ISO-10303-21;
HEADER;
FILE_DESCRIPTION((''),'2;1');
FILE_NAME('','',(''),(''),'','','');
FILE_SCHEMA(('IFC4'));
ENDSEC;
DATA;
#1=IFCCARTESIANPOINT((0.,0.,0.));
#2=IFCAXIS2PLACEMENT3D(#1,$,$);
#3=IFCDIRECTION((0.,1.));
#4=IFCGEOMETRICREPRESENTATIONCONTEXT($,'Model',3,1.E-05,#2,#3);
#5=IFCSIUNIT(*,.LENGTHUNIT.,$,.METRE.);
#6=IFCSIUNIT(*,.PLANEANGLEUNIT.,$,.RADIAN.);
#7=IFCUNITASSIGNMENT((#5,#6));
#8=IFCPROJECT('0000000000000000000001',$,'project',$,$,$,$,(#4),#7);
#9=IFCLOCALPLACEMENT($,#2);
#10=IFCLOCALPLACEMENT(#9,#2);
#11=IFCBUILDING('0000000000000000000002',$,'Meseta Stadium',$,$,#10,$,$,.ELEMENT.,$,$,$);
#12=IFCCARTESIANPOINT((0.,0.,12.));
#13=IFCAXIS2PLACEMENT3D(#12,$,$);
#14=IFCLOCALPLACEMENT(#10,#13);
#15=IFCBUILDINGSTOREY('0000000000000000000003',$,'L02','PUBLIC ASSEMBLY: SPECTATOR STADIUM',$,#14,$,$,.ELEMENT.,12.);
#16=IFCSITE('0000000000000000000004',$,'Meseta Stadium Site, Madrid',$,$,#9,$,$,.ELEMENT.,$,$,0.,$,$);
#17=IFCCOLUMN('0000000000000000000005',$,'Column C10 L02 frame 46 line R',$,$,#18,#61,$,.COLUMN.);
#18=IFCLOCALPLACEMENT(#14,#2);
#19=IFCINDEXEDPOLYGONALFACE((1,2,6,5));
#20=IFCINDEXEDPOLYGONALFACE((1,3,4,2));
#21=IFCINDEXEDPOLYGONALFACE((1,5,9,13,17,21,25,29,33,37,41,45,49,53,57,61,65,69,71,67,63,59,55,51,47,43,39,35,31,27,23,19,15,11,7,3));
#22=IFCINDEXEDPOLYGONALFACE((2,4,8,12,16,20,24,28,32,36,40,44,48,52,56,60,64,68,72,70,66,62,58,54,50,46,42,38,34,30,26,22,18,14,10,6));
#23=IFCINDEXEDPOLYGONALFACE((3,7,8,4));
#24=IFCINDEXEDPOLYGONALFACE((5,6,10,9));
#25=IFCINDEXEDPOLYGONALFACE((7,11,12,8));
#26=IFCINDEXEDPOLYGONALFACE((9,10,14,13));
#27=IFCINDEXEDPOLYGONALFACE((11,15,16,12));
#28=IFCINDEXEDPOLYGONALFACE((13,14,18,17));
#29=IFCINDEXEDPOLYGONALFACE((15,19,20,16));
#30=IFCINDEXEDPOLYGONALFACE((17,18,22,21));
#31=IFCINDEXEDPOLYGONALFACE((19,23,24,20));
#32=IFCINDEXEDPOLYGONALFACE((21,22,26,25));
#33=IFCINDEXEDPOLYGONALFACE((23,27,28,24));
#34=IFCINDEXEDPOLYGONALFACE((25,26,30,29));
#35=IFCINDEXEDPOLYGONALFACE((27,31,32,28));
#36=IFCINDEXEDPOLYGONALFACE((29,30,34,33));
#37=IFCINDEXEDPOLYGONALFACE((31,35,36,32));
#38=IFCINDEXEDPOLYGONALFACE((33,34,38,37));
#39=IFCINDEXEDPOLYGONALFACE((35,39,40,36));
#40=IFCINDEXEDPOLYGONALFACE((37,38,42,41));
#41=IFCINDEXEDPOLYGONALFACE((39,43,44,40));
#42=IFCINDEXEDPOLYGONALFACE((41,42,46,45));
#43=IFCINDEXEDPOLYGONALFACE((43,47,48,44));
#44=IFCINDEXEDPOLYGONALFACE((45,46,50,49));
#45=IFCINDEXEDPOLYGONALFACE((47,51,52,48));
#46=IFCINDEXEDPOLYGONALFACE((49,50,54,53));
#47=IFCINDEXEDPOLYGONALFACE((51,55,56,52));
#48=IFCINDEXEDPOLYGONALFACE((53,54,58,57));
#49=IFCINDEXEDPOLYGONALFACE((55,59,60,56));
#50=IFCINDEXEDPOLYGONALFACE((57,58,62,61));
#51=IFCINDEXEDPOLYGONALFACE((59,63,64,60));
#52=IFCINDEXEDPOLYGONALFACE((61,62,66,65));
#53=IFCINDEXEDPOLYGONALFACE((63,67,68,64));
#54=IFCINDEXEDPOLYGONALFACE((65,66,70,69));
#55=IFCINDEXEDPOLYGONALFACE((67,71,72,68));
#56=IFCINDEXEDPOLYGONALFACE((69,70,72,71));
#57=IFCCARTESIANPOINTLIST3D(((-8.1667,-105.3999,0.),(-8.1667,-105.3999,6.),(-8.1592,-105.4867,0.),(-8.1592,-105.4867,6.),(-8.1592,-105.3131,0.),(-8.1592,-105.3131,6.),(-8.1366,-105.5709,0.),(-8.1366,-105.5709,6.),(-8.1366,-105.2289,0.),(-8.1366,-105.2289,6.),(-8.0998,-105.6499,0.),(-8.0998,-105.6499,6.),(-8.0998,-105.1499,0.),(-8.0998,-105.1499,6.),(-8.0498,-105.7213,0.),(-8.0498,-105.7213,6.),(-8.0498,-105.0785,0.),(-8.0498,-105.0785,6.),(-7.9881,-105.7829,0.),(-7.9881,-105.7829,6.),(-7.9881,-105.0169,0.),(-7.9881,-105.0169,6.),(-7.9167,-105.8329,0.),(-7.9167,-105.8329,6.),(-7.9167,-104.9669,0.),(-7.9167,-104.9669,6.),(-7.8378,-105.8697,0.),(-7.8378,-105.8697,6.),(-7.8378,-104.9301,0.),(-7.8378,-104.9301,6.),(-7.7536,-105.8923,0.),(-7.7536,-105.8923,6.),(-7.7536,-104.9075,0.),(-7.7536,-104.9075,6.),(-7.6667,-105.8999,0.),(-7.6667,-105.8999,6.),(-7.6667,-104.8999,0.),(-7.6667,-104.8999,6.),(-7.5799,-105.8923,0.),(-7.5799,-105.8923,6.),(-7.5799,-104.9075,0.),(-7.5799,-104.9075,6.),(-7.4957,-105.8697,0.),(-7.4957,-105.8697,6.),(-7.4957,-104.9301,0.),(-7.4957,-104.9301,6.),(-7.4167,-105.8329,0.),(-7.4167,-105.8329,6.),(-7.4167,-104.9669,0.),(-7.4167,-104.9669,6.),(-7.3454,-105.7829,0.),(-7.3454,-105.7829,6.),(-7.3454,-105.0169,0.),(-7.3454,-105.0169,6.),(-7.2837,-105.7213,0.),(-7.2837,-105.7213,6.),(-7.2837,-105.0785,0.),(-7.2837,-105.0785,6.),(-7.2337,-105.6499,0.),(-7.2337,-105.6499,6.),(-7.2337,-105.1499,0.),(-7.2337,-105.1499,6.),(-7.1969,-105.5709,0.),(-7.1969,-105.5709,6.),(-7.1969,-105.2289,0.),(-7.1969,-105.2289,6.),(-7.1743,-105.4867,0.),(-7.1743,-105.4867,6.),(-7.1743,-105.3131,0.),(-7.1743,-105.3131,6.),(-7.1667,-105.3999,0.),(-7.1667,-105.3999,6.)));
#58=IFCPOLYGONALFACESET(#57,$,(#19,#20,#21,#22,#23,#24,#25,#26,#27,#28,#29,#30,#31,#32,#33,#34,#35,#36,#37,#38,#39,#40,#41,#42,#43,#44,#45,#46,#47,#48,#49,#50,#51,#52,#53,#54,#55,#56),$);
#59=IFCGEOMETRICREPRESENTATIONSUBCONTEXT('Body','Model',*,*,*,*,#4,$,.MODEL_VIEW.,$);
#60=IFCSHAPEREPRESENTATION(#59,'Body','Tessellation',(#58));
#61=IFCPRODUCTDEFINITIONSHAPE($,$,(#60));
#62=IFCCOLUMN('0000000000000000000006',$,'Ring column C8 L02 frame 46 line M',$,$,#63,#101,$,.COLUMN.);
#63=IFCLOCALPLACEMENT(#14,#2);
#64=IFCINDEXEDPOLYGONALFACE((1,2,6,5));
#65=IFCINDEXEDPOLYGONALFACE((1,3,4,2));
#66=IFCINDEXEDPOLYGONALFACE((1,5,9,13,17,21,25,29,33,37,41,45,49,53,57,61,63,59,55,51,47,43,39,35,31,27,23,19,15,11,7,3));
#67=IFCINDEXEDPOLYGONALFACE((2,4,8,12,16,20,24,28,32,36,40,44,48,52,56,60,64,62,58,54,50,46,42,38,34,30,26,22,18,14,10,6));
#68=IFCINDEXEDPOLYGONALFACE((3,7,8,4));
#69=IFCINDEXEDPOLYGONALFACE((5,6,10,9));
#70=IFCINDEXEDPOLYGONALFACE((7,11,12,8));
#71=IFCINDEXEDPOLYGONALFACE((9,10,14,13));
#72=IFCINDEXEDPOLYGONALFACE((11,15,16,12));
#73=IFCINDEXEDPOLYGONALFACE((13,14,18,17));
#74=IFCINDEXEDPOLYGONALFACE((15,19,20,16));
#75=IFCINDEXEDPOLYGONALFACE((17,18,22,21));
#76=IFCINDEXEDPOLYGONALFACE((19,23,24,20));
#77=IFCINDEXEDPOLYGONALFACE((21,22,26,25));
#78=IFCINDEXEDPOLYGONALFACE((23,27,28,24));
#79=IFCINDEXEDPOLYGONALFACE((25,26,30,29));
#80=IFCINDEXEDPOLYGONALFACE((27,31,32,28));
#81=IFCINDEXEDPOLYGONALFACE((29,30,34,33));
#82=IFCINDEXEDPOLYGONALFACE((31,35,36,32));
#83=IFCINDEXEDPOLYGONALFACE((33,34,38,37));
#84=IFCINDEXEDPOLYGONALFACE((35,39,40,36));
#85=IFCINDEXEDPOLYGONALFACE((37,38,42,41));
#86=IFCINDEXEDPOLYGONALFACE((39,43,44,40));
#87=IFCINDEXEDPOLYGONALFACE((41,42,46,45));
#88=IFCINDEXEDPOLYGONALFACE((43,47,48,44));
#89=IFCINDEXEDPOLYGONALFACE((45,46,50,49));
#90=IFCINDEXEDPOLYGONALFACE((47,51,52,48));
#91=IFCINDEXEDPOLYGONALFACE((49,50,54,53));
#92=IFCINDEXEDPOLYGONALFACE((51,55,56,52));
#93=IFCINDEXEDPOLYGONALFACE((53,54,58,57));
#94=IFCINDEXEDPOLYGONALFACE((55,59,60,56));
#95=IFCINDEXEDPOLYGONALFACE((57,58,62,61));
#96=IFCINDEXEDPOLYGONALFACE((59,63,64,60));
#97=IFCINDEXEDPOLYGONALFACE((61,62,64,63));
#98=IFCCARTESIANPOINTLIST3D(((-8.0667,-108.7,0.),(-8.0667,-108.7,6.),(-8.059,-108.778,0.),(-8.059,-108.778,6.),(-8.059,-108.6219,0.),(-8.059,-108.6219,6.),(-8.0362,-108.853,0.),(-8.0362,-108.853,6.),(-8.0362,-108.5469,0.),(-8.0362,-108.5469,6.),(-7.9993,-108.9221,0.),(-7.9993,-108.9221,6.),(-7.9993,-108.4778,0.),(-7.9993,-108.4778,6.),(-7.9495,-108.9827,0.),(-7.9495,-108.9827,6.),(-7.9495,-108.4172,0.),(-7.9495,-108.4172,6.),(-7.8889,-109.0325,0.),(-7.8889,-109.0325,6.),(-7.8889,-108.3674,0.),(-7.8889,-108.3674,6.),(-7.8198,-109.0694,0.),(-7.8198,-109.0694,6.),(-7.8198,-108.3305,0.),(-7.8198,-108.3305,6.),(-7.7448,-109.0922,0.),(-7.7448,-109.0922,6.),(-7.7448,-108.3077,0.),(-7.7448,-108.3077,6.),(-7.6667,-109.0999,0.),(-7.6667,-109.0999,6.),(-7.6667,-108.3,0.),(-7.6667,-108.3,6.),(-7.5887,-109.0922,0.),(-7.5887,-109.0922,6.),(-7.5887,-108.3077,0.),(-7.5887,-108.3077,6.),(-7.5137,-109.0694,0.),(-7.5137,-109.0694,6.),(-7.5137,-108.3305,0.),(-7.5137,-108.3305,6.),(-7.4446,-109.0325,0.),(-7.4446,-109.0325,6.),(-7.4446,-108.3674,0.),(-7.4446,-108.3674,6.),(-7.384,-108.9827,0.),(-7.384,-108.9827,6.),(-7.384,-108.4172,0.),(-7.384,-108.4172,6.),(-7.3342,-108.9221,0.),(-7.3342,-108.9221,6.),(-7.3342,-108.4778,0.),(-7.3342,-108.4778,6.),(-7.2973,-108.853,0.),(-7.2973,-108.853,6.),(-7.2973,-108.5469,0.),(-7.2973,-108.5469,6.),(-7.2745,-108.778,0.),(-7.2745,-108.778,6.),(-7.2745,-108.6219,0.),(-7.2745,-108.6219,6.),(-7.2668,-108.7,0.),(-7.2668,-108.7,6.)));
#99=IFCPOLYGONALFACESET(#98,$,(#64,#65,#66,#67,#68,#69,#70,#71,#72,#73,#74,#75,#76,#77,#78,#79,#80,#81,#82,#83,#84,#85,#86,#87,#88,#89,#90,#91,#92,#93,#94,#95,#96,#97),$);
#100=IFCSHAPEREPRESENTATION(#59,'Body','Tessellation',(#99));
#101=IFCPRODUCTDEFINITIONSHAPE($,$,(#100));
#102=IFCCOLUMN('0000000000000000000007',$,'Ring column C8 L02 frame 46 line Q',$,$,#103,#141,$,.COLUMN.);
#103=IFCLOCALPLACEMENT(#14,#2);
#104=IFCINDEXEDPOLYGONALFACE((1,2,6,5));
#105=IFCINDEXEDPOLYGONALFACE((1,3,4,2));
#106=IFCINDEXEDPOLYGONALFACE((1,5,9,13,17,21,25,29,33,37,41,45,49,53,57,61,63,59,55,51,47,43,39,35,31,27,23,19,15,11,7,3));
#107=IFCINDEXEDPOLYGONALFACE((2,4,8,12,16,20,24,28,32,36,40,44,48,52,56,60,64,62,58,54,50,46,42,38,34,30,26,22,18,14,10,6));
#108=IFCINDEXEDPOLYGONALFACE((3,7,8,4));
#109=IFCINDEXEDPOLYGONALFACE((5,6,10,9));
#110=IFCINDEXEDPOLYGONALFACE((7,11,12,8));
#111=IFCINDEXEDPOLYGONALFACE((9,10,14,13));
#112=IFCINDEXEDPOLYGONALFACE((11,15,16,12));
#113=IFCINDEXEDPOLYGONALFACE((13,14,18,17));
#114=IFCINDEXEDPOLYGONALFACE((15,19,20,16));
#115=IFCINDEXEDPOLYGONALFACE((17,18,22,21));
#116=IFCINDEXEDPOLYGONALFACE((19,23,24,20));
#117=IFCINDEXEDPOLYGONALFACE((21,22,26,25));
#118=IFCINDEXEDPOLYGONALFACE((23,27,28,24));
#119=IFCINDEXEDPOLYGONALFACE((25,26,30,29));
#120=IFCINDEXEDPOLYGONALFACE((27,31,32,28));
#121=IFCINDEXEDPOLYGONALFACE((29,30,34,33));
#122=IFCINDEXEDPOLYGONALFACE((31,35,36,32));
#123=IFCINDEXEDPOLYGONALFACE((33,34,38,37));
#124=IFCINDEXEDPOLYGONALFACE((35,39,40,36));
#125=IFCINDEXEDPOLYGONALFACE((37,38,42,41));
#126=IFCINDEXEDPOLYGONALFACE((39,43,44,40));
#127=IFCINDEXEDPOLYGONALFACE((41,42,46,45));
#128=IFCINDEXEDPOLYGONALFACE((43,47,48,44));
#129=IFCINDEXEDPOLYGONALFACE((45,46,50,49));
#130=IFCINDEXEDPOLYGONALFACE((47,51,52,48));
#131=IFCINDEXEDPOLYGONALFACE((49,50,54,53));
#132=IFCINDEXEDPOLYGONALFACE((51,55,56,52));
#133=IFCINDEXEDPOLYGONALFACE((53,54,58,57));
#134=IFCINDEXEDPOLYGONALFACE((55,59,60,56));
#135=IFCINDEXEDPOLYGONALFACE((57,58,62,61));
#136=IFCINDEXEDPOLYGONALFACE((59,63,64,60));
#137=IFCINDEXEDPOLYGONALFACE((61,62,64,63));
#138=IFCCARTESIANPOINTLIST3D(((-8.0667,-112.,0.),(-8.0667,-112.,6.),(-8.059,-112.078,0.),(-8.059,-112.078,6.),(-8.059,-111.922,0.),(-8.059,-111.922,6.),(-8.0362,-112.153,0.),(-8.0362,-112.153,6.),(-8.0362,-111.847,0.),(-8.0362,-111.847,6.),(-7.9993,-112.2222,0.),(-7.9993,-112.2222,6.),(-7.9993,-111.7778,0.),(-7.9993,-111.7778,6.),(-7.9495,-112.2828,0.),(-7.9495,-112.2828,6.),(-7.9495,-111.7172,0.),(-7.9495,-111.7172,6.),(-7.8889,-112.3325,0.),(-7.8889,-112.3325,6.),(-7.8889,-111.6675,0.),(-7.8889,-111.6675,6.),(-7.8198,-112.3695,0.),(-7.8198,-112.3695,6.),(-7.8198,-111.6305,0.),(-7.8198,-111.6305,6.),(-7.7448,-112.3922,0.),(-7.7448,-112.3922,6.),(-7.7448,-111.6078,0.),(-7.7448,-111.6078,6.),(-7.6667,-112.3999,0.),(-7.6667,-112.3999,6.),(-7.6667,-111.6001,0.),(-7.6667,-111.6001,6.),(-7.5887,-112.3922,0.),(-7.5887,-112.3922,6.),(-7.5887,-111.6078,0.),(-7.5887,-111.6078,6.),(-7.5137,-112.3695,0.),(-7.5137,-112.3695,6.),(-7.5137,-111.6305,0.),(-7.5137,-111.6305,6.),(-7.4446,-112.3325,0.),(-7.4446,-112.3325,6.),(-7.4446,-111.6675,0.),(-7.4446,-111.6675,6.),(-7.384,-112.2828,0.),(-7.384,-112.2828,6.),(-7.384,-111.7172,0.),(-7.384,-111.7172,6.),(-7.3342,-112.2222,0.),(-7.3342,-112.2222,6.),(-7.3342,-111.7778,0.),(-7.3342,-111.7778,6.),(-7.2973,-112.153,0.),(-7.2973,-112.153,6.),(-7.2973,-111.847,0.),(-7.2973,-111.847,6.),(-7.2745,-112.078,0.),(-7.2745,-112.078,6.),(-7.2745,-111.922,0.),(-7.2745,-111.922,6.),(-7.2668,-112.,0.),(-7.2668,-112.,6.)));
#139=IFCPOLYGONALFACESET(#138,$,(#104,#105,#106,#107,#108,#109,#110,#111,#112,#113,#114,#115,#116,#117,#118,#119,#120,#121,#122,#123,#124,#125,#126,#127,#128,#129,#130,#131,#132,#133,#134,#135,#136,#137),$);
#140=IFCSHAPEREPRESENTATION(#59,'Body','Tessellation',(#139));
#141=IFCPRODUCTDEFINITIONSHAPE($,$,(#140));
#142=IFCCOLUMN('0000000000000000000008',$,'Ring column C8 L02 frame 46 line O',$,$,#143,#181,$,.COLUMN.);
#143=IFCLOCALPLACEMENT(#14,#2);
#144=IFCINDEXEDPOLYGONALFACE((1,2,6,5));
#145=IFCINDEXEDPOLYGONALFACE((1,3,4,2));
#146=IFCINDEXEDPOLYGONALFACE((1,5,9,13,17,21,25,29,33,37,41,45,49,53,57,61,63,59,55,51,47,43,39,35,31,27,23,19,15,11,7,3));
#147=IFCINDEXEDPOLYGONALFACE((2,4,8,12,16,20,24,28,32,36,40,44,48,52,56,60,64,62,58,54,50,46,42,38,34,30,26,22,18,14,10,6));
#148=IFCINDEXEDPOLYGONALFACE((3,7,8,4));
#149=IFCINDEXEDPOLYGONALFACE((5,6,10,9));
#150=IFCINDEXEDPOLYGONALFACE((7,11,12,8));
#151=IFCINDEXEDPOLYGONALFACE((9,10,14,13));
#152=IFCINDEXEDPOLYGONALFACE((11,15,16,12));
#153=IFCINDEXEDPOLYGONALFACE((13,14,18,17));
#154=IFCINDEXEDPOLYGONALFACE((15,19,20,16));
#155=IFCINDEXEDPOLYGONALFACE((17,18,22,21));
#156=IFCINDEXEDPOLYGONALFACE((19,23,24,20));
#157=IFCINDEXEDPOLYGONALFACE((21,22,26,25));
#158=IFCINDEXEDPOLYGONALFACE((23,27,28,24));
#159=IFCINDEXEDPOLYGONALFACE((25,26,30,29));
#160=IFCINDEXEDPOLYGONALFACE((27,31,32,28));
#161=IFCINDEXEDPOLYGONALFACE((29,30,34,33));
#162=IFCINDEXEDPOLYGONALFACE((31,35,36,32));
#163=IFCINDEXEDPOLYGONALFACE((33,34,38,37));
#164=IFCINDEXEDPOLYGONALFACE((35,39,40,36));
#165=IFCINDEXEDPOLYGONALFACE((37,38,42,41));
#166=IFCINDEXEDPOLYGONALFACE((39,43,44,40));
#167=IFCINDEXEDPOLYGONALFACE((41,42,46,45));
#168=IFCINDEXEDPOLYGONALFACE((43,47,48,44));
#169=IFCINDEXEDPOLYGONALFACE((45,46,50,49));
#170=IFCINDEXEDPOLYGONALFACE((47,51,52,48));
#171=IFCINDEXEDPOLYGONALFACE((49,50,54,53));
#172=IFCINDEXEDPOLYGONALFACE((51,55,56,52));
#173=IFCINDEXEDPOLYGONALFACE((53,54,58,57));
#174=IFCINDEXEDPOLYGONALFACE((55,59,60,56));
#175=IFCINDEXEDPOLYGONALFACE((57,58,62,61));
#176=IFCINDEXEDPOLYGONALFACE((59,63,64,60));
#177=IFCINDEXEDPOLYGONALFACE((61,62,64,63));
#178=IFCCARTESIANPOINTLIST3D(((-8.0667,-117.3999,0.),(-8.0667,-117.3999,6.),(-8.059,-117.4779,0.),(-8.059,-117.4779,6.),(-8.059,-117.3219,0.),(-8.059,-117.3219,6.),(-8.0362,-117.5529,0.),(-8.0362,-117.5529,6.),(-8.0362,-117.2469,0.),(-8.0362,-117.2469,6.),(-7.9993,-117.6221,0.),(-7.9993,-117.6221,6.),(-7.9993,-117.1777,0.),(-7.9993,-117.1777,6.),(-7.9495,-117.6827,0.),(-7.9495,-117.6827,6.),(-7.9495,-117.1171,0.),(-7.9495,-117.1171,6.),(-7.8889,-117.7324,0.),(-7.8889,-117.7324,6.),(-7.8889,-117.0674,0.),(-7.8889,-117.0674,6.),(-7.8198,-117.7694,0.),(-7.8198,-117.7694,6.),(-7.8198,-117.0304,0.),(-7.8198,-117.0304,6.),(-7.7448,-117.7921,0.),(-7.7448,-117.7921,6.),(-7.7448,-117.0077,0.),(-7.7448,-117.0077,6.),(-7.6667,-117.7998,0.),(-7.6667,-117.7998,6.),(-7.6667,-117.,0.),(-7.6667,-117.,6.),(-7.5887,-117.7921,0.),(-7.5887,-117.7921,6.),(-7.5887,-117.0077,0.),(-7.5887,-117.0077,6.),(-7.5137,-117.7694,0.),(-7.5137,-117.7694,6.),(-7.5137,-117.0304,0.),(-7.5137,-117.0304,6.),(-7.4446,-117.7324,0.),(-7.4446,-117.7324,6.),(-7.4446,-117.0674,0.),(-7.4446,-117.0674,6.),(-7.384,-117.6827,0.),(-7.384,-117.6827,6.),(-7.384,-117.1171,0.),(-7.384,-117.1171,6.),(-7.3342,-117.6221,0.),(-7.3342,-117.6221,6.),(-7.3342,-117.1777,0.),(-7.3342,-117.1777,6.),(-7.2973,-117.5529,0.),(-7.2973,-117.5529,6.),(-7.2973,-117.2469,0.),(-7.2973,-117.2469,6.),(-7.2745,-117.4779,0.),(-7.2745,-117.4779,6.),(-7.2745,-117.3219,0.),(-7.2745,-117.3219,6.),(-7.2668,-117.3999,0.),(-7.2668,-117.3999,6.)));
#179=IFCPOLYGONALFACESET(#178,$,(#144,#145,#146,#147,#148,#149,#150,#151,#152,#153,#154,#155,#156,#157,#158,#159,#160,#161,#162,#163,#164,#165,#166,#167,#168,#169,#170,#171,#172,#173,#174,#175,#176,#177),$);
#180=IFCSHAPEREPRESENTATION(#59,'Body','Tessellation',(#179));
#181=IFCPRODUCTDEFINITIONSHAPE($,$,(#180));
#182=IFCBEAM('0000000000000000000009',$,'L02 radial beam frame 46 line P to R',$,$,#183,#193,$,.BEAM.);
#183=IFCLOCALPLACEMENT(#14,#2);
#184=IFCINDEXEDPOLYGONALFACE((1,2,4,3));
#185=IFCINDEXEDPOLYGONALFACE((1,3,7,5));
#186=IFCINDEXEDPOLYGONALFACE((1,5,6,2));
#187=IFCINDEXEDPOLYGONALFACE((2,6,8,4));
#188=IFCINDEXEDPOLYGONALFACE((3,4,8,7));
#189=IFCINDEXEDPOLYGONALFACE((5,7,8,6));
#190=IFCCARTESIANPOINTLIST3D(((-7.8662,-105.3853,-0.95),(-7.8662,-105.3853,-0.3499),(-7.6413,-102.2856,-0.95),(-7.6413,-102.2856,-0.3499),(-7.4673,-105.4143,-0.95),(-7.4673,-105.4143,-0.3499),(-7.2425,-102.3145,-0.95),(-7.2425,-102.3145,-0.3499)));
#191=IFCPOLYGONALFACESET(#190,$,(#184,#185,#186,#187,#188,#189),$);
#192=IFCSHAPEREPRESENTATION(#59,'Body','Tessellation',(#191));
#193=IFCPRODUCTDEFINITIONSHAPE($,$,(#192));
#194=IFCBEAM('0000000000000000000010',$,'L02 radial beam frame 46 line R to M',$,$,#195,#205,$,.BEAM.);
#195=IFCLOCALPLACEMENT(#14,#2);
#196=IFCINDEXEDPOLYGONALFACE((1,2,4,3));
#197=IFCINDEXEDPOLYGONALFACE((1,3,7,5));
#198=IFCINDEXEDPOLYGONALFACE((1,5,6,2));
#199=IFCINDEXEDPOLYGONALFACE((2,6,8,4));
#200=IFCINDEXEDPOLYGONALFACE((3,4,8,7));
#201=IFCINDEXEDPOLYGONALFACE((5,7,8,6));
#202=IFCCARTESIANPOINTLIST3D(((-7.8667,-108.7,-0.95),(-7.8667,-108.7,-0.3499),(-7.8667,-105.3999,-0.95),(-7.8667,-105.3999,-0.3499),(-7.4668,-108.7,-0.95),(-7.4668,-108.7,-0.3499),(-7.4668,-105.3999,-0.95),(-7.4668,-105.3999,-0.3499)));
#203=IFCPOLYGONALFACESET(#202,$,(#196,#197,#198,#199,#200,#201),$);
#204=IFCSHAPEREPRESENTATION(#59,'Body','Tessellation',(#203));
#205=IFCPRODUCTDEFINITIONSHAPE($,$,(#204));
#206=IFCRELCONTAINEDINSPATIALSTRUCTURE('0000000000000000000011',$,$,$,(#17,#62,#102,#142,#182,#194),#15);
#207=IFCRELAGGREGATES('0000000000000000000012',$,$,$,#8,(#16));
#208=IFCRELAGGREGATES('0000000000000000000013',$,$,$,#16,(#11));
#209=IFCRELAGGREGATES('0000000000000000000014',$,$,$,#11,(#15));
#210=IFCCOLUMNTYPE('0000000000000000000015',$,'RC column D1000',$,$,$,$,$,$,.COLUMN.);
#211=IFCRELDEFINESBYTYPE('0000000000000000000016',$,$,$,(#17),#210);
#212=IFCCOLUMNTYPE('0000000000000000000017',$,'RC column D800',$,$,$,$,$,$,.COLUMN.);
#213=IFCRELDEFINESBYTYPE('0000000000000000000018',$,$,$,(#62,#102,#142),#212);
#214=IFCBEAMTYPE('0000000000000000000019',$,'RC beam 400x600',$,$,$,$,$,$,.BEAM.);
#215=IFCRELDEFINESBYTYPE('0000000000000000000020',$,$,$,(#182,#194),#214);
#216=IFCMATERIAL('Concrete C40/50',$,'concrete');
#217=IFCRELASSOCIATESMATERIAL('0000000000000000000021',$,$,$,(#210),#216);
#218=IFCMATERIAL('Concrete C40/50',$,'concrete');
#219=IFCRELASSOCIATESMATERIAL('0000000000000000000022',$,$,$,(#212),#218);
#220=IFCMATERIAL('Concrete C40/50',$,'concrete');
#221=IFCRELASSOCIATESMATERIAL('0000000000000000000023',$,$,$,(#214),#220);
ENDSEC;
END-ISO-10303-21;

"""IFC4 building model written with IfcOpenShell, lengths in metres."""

from ifc_helpers import new_model, si_unit, direction, frame, origin, origin_2d, place, context, subcontext, project, spatial, rectangle, circle, extrude, material, material_profile, profile_set, type_object, element, save


model = new_model("IFC4")

# Units and contexts
model_context = context("Model", 3, precision=1e-05, world=origin(), true_north=direction((0.0, 1.0)))
body_context = subcontext(model_context, "Body", "Model", "MODEL_VIEW")
ifc_project = project(units=[si_unit("LENGTHUNIT", "METRE"), si_unit("PLANEANGLEUNIT", "RADIAN")], contexts=[model_context])

# Site, building, storey
site_placement = place(None, origin())
site = spatial("IfcSite", under=ifc_project, at=site_placement, Name="Meseta Stadium Site, Madrid", CompositionType="ELEMENT", RefElevation=0.0)
building_placement = place(site_placement, origin())
building = spatial("IfcBuilding", under=site, at=building_placement, Name="Meseta Stadium", CompositionType="ELEMENT")
storey_placement = place(building_placement, frame((0.0, 0.0, 12.0)))
storey = spatial("IfcBuildingStorey", under=building, at=storey_placement, Name="L02", Description="PUBLIC ASSEMBLY: SPECTATOR STADIUM", CompositionType="ELEMENT", Elevation=12.0)

# Columns
ifc_material_1 = material(Name="Concrete C40/50", Category="concrete")
ifc_material_profile_1 = material_profile(ifc_material_1, circle(Radius=0.5, at=origin_2d()), Name="RC D1000")
ifc_profile_set_1 = profile_set([ifc_material_profile_1], Name="Concrete C40/50")
column_type_1 = type_object("IfcColumnType", Name="RC column D1000", PredefinedType="COLUMN", material=ifc_profile_set_1)
column_placement = place(storey_placement, frame((-7.6667, -105.3999, 0.0), z_axis=(0.0, 0.0, 1.0), x_axis=(1.0, 0.0, 0.0)))
element("IfcColumn", 1, at=column_placement, inside=storey, type_object=column_type_1, Name="Column C10 L02 frame 46 line R", PredefinedType="COLUMN", context=body_context, shape_type="SweptSolid", body=[
    extrude(circle(Radius=0.5, at=origin_2d()), origin(), (0.0, 0.0, 1.0), 6.0),
])
ifc_material_2 = material(Name="Concrete C40/50", Category="concrete")
ifc_material_profile_2 = material_profile(ifc_material_2, circle(Radius=0.3999, at=origin_2d()), Name="RC D800")
ifc_profile_set_2 = profile_set([ifc_material_profile_2], Name="Concrete C40/50")
column_type_2 = type_object("IfcColumnType", Name="RC column D800", PredefinedType="COLUMN", material=ifc_profile_set_2)
for number, where, z_axis, x_axis, name in (
    (2, (-7.6667, -108.7, 0.0), (0.0, 0.0, 1.0), (1.0, 0.0, 0.0), "Ring column C8 L02 frame 46 line M"),
    (3, (-7.6667, -112.0, 0.0), (0.0, 0.0, 1.0), (1.0, 0.0, 0.0), "Ring column C8 L02 frame 46 line Q"),
    (4, (-7.6667, -117.3999, 0.0), (0.0, 0.0, 1.0), (1.0, 0.0, 0.0), "Ring column C8 L02 frame 46 line O"),
):
    element("IfcColumn", number, at=place(storey_placement, frame(where, z_axis=z_axis, x_axis=x_axis)), inside=storey, type_object=column_type_2, Name=name, PredefinedType="COLUMN", context=body_context, shape_type="SweptSolid", body=[
        extrude(circle(Radius=0.3999, at=origin_2d()), origin(), (0.0, 0.0, 1.0), 6.0),
    ])

# Beams
ifc_material_3 = material(Name="Concrete C40/50", Category="concrete")
ifc_material_profile_3 = material_profile(ifc_material_3, rectangle(XDim=0.3999, YDim=0.6001, at=origin_2d()), Name="RC 400x600")
ifc_profile_set_3 = profile_set([ifc_material_profile_3], Name="Concrete C40/50")
beam_type_1 = type_object("IfcBeamType", Name="RC beam 400x600", PredefinedType="BEAM", material=ifc_profile_set_3)
beam_1_placement = place(storey_placement, frame((-7.4419, -102.3, -0.6499), z_axis=(-0.072347, -0.99738, 0.0), x_axis=(0.99738, -0.072347, 0.0)))
element("IfcBeam", 5, at=beam_1_placement, inside=storey, type_object=beam_type_1, Name="L02 radial beam frame 46 line P to R", PredefinedType="BEAM", context=body_context, shape_type="SweptSolid", body=[
    extrude(rectangle(XDim=0.3999, YDim=0.6001, at=origin_2d()), origin(), (0.0, 0.0, 1.0), 3.1079),
])
for number, where, z_axis, x_axis, name in (
    (6, (-7.6667, -105.3999, -0.6499), (0.0, -1.0, 0.0), (1.0, 0.0, 0.0), "L02 radial beam frame 46 line R to M"),
):
    element("IfcBeam", number, at=place(storey_placement, frame(where, z_axis=z_axis, x_axis=x_axis)), inside=storey, type_object=beam_type_1, Name=name, PredefinedType="BEAM", context=body_context, shape_type="SweptSolid", body=[
        extrude(rectangle(XDim=0.3999, YDim=0.6001, at=origin_2d()), origin(), (0.0, 0.0, 1.0), 3.3),
    ])

save(model, "model.ifc")
